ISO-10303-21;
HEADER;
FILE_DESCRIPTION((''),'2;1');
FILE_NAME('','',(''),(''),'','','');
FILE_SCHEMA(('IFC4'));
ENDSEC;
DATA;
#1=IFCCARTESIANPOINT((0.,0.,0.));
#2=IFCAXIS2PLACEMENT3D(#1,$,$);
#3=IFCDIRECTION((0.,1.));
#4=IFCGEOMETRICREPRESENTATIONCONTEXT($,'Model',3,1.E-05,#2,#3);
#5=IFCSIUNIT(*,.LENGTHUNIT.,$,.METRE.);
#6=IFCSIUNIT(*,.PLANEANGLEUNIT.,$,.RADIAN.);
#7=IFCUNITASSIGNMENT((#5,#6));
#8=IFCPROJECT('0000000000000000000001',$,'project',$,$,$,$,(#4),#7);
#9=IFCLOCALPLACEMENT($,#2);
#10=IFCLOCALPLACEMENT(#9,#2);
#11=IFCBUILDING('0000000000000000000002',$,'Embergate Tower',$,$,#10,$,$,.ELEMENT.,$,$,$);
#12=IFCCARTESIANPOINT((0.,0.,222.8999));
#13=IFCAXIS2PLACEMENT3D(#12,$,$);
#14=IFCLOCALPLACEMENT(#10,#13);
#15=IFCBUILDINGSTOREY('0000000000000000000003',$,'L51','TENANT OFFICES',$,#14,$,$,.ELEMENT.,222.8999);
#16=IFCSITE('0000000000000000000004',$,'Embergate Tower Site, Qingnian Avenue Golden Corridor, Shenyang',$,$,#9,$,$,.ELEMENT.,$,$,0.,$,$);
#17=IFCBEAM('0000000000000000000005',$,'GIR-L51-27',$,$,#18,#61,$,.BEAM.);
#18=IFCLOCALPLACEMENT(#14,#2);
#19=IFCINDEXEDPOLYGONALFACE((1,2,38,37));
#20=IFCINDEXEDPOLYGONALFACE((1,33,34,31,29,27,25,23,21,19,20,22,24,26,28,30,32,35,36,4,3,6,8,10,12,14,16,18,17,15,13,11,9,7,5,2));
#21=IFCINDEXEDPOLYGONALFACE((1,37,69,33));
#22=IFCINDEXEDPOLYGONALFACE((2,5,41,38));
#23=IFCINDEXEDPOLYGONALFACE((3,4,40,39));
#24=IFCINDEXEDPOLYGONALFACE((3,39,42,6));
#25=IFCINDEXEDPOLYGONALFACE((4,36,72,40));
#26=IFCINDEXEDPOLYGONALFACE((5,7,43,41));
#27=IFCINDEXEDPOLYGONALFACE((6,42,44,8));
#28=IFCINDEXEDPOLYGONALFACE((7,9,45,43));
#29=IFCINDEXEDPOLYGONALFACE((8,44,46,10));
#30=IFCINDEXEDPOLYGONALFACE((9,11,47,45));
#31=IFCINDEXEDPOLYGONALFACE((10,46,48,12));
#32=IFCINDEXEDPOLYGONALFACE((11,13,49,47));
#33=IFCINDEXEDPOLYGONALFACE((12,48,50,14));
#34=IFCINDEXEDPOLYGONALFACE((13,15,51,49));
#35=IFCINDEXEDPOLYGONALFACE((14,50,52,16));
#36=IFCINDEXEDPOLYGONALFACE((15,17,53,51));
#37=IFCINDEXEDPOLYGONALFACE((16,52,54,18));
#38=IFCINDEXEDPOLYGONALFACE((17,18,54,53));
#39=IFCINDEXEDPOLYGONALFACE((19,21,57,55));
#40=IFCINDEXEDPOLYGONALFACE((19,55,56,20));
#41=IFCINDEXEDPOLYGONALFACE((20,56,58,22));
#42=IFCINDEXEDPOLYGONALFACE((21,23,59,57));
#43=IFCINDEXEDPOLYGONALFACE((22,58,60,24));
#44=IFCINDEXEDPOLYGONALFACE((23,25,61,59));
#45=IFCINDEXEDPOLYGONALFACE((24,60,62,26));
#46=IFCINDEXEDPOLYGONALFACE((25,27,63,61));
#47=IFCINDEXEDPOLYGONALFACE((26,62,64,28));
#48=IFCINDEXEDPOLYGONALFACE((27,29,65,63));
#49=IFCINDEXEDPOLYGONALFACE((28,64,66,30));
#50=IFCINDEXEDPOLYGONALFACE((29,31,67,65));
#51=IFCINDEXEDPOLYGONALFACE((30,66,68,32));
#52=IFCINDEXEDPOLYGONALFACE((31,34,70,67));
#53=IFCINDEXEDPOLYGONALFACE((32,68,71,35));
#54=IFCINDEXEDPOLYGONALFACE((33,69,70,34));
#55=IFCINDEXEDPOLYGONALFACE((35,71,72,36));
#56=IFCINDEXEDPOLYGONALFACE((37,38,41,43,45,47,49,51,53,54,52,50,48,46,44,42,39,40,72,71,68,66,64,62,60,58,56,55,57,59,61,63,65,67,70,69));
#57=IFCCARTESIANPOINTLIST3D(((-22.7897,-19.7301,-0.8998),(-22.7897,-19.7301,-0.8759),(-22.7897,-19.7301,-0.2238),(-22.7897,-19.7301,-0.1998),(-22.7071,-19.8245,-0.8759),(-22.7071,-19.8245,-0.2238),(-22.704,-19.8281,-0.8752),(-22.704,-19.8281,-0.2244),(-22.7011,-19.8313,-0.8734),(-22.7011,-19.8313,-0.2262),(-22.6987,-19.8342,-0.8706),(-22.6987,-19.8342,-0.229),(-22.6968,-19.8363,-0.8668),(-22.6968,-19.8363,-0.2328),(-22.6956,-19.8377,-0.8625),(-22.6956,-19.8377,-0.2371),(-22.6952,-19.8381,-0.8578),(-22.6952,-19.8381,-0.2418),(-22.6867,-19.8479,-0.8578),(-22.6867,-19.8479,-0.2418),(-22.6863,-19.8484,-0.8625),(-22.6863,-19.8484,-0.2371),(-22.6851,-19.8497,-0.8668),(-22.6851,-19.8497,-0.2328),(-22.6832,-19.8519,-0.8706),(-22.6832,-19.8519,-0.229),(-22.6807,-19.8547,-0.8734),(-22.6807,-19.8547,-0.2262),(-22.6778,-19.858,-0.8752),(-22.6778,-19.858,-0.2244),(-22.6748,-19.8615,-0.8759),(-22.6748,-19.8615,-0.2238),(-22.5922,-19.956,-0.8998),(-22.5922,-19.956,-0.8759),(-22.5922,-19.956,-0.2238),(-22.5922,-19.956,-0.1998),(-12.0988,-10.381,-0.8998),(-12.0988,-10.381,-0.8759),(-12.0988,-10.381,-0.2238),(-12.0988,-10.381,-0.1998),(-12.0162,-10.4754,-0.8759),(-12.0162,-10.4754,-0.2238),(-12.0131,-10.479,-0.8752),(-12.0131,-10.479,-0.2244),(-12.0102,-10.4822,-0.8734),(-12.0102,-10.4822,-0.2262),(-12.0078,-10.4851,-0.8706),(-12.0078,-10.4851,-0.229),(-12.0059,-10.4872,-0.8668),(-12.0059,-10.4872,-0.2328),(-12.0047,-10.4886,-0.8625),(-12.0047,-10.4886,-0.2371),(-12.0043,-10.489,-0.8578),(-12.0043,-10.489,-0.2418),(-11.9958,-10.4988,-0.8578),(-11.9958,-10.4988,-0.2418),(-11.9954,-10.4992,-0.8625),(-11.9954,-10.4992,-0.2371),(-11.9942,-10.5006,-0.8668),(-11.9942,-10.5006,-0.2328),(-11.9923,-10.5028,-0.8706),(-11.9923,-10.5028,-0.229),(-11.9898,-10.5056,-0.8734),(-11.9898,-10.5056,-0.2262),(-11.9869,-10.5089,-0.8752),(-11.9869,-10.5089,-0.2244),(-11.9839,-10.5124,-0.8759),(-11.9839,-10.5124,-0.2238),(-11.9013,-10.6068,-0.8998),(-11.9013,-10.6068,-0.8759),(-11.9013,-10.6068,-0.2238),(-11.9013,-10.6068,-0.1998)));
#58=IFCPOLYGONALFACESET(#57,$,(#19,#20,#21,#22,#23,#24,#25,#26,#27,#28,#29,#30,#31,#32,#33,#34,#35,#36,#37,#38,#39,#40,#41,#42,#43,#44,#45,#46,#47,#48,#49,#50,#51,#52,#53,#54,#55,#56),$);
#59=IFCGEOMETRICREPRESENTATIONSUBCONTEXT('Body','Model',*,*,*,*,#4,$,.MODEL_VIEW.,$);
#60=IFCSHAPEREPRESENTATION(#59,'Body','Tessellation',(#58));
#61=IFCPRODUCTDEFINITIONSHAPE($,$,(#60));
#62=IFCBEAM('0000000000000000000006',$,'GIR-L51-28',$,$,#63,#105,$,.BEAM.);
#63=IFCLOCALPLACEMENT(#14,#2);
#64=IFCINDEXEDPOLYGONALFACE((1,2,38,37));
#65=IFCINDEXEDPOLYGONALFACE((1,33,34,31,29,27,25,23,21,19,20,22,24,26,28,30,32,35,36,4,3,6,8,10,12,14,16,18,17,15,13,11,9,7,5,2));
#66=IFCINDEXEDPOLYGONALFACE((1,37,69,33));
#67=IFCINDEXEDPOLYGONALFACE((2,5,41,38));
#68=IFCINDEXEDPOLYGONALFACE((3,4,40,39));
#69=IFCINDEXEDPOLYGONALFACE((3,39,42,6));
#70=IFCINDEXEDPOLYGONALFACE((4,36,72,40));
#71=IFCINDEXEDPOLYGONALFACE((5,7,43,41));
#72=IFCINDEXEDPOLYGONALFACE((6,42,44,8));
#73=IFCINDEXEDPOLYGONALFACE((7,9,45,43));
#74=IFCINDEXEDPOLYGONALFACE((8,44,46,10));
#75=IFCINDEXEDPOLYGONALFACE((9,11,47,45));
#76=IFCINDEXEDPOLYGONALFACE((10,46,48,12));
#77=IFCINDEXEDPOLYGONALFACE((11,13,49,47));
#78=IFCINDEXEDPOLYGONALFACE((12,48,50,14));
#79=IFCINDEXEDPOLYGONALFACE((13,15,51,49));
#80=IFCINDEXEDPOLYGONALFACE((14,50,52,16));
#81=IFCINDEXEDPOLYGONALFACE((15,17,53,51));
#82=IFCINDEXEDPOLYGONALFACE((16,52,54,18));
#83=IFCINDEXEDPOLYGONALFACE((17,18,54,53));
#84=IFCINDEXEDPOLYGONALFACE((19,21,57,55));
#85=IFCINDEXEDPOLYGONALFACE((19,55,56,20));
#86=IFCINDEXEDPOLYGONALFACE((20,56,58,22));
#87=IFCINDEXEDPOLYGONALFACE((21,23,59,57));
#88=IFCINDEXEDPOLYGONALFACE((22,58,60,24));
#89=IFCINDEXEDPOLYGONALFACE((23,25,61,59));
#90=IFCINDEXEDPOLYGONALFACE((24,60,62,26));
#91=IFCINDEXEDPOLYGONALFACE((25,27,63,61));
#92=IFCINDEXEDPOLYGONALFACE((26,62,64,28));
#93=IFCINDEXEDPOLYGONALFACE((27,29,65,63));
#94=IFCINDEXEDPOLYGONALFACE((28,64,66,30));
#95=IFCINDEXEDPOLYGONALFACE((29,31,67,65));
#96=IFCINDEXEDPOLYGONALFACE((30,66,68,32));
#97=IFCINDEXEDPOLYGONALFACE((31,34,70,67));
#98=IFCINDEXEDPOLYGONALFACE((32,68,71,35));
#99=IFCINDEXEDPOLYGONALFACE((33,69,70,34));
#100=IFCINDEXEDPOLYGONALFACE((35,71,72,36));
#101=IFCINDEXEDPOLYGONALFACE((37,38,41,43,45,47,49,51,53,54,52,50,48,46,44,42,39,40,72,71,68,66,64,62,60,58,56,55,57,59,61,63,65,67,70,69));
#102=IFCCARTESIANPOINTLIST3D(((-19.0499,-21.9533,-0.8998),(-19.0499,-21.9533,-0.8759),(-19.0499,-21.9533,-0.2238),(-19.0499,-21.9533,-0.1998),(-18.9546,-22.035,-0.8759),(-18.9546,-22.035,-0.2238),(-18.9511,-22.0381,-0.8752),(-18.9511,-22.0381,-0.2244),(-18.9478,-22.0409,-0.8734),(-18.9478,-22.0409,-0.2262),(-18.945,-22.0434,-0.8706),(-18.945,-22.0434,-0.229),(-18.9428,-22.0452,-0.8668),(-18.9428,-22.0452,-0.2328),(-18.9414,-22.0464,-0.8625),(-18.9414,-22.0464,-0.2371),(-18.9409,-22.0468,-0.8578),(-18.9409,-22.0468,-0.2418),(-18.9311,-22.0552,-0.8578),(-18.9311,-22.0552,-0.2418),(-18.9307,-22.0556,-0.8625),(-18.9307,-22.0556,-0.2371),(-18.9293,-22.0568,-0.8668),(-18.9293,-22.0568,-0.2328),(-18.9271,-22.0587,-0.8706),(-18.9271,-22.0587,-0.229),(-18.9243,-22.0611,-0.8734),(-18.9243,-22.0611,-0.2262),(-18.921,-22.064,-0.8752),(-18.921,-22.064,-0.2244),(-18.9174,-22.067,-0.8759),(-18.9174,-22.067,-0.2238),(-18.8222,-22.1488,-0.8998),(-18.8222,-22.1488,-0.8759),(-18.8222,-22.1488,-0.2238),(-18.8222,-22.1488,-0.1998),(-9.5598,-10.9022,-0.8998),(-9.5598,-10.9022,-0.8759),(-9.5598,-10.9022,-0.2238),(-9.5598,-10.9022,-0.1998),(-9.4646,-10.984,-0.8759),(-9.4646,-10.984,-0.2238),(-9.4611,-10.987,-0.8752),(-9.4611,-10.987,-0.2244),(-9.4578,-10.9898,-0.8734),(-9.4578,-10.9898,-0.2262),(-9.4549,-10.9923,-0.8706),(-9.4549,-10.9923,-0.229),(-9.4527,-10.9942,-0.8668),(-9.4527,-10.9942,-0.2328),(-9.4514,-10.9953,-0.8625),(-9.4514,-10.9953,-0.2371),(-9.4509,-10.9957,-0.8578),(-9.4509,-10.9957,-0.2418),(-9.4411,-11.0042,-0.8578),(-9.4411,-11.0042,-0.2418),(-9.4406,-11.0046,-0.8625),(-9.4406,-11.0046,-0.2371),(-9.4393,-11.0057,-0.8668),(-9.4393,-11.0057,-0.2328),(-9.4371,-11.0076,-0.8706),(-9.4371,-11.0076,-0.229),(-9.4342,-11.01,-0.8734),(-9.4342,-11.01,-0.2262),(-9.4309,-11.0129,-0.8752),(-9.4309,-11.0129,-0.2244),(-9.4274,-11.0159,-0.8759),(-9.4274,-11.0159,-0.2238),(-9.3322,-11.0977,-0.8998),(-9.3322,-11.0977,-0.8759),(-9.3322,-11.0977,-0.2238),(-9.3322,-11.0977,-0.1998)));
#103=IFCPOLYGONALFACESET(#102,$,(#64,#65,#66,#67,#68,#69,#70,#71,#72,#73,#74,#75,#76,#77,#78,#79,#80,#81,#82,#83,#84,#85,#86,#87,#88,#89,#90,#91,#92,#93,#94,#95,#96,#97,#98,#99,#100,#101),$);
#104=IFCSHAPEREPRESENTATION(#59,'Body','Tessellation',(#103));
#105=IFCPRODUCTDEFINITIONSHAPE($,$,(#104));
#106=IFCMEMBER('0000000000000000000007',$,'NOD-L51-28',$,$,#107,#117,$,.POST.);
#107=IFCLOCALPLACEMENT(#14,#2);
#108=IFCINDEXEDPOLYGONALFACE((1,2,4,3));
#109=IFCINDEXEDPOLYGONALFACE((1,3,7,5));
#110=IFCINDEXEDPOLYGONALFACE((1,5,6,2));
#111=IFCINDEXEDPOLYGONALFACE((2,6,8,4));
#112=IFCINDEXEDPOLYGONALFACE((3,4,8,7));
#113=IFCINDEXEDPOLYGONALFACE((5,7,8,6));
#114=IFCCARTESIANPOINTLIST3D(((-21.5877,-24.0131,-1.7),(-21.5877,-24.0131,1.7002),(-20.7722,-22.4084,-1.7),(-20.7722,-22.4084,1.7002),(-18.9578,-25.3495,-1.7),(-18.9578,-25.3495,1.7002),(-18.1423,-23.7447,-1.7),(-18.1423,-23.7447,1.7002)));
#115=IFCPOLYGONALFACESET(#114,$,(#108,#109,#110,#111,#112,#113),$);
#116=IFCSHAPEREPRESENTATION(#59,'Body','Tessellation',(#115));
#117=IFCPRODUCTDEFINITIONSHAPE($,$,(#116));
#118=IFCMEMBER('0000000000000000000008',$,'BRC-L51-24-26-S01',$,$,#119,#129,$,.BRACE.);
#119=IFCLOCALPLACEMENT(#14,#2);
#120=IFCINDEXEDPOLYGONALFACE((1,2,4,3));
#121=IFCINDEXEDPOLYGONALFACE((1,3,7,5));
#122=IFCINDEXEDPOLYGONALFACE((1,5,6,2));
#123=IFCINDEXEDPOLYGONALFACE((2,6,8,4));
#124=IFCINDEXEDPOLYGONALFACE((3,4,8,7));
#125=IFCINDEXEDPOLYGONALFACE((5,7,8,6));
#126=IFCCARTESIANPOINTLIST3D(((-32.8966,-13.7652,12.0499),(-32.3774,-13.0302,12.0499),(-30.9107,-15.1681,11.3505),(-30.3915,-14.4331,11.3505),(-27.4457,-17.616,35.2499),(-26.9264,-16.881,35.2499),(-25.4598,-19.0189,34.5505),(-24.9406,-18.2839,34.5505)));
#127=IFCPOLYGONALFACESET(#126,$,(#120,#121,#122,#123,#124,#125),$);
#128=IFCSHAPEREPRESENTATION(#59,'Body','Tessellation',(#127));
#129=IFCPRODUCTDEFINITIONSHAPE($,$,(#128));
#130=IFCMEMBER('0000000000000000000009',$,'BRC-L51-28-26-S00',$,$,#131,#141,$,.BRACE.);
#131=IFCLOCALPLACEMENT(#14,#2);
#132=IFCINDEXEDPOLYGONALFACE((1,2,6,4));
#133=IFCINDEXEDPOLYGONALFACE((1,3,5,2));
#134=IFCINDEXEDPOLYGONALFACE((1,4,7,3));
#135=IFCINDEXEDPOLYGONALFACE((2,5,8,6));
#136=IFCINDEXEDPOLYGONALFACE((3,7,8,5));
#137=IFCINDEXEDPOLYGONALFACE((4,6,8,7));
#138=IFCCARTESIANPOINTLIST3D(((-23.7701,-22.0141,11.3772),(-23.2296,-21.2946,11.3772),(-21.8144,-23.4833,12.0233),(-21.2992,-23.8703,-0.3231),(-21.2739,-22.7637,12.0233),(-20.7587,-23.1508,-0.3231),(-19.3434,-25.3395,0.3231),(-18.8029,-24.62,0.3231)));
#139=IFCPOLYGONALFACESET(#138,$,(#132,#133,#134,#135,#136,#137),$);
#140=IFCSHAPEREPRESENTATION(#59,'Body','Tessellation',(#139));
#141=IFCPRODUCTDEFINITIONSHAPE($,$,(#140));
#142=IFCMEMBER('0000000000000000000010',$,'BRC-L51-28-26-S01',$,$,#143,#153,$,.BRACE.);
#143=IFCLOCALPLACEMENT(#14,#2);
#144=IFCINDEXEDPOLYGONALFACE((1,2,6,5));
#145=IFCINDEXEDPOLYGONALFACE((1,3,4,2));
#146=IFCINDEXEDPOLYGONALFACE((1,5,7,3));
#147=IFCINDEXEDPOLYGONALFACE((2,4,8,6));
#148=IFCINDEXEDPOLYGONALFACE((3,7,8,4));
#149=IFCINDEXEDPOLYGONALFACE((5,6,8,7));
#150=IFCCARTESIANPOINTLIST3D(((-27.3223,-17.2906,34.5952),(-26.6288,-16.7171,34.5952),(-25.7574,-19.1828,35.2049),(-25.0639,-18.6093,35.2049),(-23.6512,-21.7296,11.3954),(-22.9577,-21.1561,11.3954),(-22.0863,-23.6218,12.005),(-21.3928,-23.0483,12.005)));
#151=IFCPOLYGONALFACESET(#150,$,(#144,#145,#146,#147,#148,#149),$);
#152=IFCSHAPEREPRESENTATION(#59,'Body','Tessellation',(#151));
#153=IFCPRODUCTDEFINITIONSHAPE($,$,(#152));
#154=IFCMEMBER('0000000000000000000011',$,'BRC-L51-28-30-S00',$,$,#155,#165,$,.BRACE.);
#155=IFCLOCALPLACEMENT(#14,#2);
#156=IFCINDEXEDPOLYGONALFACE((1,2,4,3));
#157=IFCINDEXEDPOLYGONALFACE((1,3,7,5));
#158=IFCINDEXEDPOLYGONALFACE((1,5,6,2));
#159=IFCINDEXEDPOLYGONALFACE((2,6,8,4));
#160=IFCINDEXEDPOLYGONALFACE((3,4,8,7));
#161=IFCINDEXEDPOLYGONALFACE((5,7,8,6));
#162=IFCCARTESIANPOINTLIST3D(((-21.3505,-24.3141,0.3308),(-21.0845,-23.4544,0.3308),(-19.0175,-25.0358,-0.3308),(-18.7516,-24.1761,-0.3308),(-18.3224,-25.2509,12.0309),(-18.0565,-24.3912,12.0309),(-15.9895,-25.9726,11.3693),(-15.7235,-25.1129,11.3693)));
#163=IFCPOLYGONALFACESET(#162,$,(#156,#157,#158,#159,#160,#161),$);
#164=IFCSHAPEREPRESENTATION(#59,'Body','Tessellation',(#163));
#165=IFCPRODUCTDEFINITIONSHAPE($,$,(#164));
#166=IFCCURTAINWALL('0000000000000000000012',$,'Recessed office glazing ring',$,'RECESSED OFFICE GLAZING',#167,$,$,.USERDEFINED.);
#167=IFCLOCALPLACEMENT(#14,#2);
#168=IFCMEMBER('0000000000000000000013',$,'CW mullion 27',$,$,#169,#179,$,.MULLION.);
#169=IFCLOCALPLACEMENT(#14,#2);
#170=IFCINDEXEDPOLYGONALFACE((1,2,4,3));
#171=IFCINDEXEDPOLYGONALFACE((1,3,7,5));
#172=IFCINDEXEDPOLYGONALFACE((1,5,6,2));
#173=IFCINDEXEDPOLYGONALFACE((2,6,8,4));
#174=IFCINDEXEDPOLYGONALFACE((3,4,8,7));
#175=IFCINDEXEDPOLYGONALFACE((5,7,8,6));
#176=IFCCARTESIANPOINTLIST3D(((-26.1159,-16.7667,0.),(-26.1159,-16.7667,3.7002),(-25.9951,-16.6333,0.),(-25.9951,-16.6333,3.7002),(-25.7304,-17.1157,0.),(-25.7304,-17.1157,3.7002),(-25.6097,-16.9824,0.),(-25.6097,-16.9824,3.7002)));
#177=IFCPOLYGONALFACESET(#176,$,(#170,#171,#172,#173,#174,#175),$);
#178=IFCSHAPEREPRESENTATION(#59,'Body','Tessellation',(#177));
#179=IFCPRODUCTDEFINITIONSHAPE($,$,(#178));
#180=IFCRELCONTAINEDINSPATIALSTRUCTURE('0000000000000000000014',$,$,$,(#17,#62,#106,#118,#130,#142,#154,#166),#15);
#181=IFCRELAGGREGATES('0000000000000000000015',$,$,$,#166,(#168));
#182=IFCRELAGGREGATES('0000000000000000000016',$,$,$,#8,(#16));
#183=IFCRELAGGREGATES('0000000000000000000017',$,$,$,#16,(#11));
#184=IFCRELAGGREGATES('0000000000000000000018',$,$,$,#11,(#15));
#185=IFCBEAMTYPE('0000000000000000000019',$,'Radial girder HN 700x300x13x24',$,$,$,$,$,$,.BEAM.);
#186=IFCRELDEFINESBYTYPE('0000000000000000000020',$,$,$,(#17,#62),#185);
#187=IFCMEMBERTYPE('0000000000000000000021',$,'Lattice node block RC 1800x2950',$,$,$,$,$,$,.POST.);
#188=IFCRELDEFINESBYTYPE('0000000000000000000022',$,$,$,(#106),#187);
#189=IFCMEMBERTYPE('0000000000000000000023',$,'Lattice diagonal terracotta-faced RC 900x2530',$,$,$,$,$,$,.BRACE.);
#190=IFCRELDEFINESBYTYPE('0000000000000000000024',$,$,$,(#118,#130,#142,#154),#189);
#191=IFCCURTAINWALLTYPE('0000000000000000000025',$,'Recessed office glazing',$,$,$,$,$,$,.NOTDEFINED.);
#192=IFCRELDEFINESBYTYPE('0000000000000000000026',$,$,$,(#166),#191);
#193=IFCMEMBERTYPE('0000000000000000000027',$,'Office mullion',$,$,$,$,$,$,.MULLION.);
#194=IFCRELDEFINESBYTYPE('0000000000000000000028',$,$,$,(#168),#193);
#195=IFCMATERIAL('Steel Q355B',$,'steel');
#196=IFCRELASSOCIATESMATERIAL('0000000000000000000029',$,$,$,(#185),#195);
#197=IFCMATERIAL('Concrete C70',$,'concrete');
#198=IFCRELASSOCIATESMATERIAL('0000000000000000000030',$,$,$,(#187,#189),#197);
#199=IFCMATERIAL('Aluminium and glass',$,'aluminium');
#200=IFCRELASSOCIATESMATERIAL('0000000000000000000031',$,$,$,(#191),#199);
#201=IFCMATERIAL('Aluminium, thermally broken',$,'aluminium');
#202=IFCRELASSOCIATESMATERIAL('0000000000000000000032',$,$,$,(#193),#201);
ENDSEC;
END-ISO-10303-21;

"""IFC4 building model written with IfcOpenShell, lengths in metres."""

from ifc_helpers import new_model, si_unit, direction, frame, origin, origin_2d, place, context, subcontext, project, spatial, rectangle, i_section, extrude, source, transform, mapped, material, material_profile, profile_set, type_object, element, aggregate, save


model = new_model("IFC4")

# Units and contexts
model_context = context("Model", 3, precision=1e-05, world=origin(), true_north=direction((0.0, 1.0)))
body_context = subcontext(model_context, "Body", "Model", "MODEL_VIEW")
ifc_project = project(units=[si_unit("LENGTHUNIT", "METRE"), si_unit("PLANEANGLEUNIT", "RADIAN")], contexts=[model_context])

# Site, building, storey
site_placement = place(None, origin())
site = spatial("IfcSite", under=ifc_project, at=site_placement, Name="Embergate Tower Site, Qingnian Avenue Golden Corridor, Shenyang", CompositionType="ELEMENT", RefElevation=0.0)
building_placement = place(site_placement, origin())
building = spatial("IfcBuilding", under=site, at=building_placement, Name="Embergate Tower", CompositionType="ELEMENT")
storey_placement = place(building_placement, frame((0.0, 0.0, 222.8999)))
storey = spatial("IfcBuildingStorey", under=building, at=storey_placement, Name="L51", Description="TENANT OFFICES", CompositionType="ELEMENT", Elevation=222.8999)

# Beams
ifc_material_1 = material(Name="Steel Q355B", Category="steel")
ifc_material_profile_1 = material_profile(ifc_material_1, i_section(OverallWidth=0.3, OverallDepth=0.7, WebThickness=0.0129, FlangeThickness=0.0239, FilletRadius=0.0181, at=origin_2d()), Name="HN 700x300x13x24")
ifc_profile_set_1 = profile_set([ifc_material_profile_1], Name="Steel Q355 grade B")
beam_type_1 = type_object("IfcBeamType", Name="Radial girder HN 700x300x13x24", PredefinedType="BEAM", material=ifc_profile_set_1)
shared_shape_1 = source(origin(), body_context, "Body", "SweptSolid", [
    extrude(i_section(OverallWidth=0.3, OverallDepth=0.7, WebThickness=0.0129, FlangeThickness=0.0239, FilletRadius=0.0181, at=origin_2d()), origin(), (0.0, 0.0, 1.0), 14.2021),
])
beam_1_placement = place(storey_placement, frame((-22.6909, -19.843, -0.5498), z_axis=(0.752766, 0.658288, 0.0), x_axis=(-0.658288, 0.752766, 0.0)))
element("IfcBeam", 1, at=beam_1_placement, inside=storey, type_object=beam_type_1, Name="GIR-L51-27", PredefinedType="BEAM", context=body_context, shape_type="MappedRepresentation", body=[
    mapped(shared_shape_1, transform((0.0, 0.0, 0.0))),
])
shared_shape_2 = source(origin(), body_context, "Body", "SweptSolid", [
    extrude(i_section(OverallWidth=0.3, OverallDepth=0.7, WebThickness=0.0129, FlangeThickness=0.0239, FilletRadius=0.0181, at=origin_2d()), origin(), (0.0, 0.0, 1.0), 14.5667),
])
beam_2_placement = place(storey_placement, frame((-18.936, -22.051, -0.5498), z_axis=(0.651491, 0.758656, 0.0), x_axis=(-0.758656, 0.651491, 0.0)))
element("IfcBeam", 2, at=beam_2_placement, inside=storey, type_object=beam_type_1, Name="GIR-L51-28", PredefinedType="BEAM", context=body_context, shape_type="MappedRepresentation", body=[
    mapped(shared_shape_2, transform((0.0, 0.0, 0.0))),
])

# Members
ifc_material_2 = material(Name="Concrete C70", Category="concrete")
ifc_material_profile_2 = material_profile(ifc_material_2, rectangle(XDim=1.8, YDim=2.95, at=origin_2d()), Name="RC 1800x2950")
ifc_profile_set_2 = profile_set([ifc_material_profile_2], Name="Concrete C70")
member_type_1 = type_object("IfcMemberType", Name="Lattice node block RC 1800x2950", PredefinedType="POST", material=ifc_profile_set_2)
shared_shape_3 = source(origin(), body_context, "Body", "SweptSolid", [
    extrude(rectangle(XDim=1.8, YDim=2.95, at=origin_2d()), origin(), (0.0, 0.0, 1.0), 3.4001),
])
member_1_placement = place(storey_placement, frame((-19.865, -23.8789, -1.7), z_axis=(0.0, 0.0, 1.0), x_axis=(-0.453011, -0.891505, 0.0)))
element("IfcMember", 3, at=member_1_placement, inside=storey, type_object=member_type_1, Name="NOD-L51-28", PredefinedType="POST", context=body_context, shape_type="MappedRepresentation", body=[
    mapped(shared_shape_3, transform((0.0, 0.0, 0.0))),
])
ifc_material_profile_3 = material_profile(ifc_material_2, rectangle(XDim=0.8999, YDim=2.53, at=origin_2d()), Name="RC 900x2530")
ifc_profile_set_3 = profile_set([ifc_material_profile_3], Name="Concrete C70")
member_type_2 = type_object("IfcMemberType", Name="Lattice diagonal terracotta-faced RC 900x2530", PredefinedType="BRACE", material=ifc_profile_set_3)
shared_shape_4 = source(origin(), body_context, "Body", "SweptSolid", [
    extrude(rectangle(XDim=0.8999, YDim=2.53, at=origin_2d()), origin(), (0.0, 0.0, 1.0), 24.1409),
])
member_2_placement = place(storey_placement, frame((-31.644, -14.0991, 11.7002), z_axis=(0.225797, -0.159515, 0.961026), x_axis=(0.576995, 0.816748, 0.0)))
element("IfcMember", 4, at=member_2_placement, inside=storey, type_object=member_type_2, Name="BRC-L51-24-26-S01", PredefinedType="BRACE", context=body_context, shape_type="MappedRepresentation", body=[
    mapped(shared_shape_4, transform((0.0, 0.0, 0.0))),
])
shared_shape_5 = source(origin(), body_context, "Body", "SweptSolid", [
    extrude(rectangle(XDim=0.8999, YDim=2.53, at=origin_2d()), origin(), (0.0, 0.0, 1.0), 12.1016),
])
member_3_placement = place(storey_placement, frame((-20.051, -24.2451, 0.0), z_axis=(-0.204186, 0.153386, 0.966841), x_axis=(-0.600619, -0.799535, 0.0)))
element("IfcMember", 5, at=member_3_placement, inside=storey, type_object=member_type_2, Name="BRC-L51-28-26-S00", PredefinedType="BRACE", context=body_context, shape_type="MappedRepresentation", body=[
    mapped(shared_shape_5, transform((0.0, 0.0, 0.0))),
])
shared_shape_6 = source(origin(), body_context, "Body", "SweptSolid", [
    extrude(rectangle(XDim=0.8999, YDim=2.53, at=origin_2d()), origin(), (0.0, 0.0, 1.0), 23.9043),
])
member_4_placement = place(storey_placement, frame((-22.522, -22.3889, 11.7002), z_axis=(-0.153576, 0.185697, 0.970531), x_axis=(-0.770606, -0.637312, 0.0)))
element("IfcMember", 6, at=member_4_placement, inside=storey, type_object=member_type_2, Name="BRC-L51-28-26-S01", PredefinedType="BRACE", context=body_context, shape_type="MappedRepresentation", body=[
    mapped(shared_shape_6, transform((0.0, 0.0, 0.0))),
])
shared_shape_7 = source(origin(), body_context, "Body", "SweptSolid", [
    extrude(rectangle(XDim=0.8999, YDim=2.53, at=origin_2d()), origin(), (0.0, 0.0, 1.0), 12.1218),
])
member_5_placement = place(storey_placement, frame((-20.051, -24.2451, 0.0), z_axis=(0.249801, -0.077279, 0.965208), x_axis=(0.295541, 0.95533, 0.0)))
element("IfcMember", 7, at=member_5_placement, inside=storey, type_object=member_type_2, Name="BRC-L51-28-30-S00", PredefinedType="BRACE", context=body_context, shape_type="MappedRepresentation", body=[
    mapped(shared_shape_7, transform((0.0, 0.0, 0.0))),
])

# Curtain wall, member
ifc_material_3 = material(Name="Aluminium and glass", Category="aluminium")
curtain_wall_type = type_object("IfcCurtainWallType", Name="Recessed office glazing", PredefinedType="NOTDEFINED", material=ifc_material_3)
curtain_wall_placement = place(storey_placement, origin())
curtain_wall = element("IfcCurtainWall", 8, at=curtain_wall_placement, inside=storey, type_object=curtain_wall_type, Name="Recessed office glazing ring", ObjectType="RECESSED OFFICE GLAZING", PredefinedType="USERDEFINED")
ifc_material_4 = material(Name="Aluminium, thermally broken", Category="aluminium")
ifc_material_profile_4 = material_profile(ifc_material_4, rectangle(XDim=0.1799, YDim=0.52, at=origin_2d()), Name="AL 520x180")
ifc_profile_set_4 = profile_set([ifc_material_profile_4], Name="Aluminium, thermally broken")
member_type_3 = type_object("IfcMemberType", Name="Office mullion", PredefinedType="MULLION", material=ifc_profile_set_4)
shared_shape_8 = source(origin(), body_context, "Body", "SweptSolid", [
    extrude(rectangle(XDim=0.1799, YDim=0.52, at=origin_2d()), origin(), (0.0, 0.0, 1.0), 3.7002),
])
member_6_placement = place(storey_placement, frame((-25.8628, -16.8745, 0.0), z_axis=(0.0, 0.0, 1.0), x_axis=(0.671228, 0.741251, 0.0)))
member_6 = element("IfcMember", 9, at=member_6_placement, type_object=member_type_3, Name="CW mullion 27", PredefinedType="MULLION", context=body_context, shape_type="MappedRepresentation", body=[
    mapped(shared_shape_8, transform((0.0, 0.0, 0.0))),
])
aggregate(curtain_wall, [member_6])

save(model, "model.ifc")
